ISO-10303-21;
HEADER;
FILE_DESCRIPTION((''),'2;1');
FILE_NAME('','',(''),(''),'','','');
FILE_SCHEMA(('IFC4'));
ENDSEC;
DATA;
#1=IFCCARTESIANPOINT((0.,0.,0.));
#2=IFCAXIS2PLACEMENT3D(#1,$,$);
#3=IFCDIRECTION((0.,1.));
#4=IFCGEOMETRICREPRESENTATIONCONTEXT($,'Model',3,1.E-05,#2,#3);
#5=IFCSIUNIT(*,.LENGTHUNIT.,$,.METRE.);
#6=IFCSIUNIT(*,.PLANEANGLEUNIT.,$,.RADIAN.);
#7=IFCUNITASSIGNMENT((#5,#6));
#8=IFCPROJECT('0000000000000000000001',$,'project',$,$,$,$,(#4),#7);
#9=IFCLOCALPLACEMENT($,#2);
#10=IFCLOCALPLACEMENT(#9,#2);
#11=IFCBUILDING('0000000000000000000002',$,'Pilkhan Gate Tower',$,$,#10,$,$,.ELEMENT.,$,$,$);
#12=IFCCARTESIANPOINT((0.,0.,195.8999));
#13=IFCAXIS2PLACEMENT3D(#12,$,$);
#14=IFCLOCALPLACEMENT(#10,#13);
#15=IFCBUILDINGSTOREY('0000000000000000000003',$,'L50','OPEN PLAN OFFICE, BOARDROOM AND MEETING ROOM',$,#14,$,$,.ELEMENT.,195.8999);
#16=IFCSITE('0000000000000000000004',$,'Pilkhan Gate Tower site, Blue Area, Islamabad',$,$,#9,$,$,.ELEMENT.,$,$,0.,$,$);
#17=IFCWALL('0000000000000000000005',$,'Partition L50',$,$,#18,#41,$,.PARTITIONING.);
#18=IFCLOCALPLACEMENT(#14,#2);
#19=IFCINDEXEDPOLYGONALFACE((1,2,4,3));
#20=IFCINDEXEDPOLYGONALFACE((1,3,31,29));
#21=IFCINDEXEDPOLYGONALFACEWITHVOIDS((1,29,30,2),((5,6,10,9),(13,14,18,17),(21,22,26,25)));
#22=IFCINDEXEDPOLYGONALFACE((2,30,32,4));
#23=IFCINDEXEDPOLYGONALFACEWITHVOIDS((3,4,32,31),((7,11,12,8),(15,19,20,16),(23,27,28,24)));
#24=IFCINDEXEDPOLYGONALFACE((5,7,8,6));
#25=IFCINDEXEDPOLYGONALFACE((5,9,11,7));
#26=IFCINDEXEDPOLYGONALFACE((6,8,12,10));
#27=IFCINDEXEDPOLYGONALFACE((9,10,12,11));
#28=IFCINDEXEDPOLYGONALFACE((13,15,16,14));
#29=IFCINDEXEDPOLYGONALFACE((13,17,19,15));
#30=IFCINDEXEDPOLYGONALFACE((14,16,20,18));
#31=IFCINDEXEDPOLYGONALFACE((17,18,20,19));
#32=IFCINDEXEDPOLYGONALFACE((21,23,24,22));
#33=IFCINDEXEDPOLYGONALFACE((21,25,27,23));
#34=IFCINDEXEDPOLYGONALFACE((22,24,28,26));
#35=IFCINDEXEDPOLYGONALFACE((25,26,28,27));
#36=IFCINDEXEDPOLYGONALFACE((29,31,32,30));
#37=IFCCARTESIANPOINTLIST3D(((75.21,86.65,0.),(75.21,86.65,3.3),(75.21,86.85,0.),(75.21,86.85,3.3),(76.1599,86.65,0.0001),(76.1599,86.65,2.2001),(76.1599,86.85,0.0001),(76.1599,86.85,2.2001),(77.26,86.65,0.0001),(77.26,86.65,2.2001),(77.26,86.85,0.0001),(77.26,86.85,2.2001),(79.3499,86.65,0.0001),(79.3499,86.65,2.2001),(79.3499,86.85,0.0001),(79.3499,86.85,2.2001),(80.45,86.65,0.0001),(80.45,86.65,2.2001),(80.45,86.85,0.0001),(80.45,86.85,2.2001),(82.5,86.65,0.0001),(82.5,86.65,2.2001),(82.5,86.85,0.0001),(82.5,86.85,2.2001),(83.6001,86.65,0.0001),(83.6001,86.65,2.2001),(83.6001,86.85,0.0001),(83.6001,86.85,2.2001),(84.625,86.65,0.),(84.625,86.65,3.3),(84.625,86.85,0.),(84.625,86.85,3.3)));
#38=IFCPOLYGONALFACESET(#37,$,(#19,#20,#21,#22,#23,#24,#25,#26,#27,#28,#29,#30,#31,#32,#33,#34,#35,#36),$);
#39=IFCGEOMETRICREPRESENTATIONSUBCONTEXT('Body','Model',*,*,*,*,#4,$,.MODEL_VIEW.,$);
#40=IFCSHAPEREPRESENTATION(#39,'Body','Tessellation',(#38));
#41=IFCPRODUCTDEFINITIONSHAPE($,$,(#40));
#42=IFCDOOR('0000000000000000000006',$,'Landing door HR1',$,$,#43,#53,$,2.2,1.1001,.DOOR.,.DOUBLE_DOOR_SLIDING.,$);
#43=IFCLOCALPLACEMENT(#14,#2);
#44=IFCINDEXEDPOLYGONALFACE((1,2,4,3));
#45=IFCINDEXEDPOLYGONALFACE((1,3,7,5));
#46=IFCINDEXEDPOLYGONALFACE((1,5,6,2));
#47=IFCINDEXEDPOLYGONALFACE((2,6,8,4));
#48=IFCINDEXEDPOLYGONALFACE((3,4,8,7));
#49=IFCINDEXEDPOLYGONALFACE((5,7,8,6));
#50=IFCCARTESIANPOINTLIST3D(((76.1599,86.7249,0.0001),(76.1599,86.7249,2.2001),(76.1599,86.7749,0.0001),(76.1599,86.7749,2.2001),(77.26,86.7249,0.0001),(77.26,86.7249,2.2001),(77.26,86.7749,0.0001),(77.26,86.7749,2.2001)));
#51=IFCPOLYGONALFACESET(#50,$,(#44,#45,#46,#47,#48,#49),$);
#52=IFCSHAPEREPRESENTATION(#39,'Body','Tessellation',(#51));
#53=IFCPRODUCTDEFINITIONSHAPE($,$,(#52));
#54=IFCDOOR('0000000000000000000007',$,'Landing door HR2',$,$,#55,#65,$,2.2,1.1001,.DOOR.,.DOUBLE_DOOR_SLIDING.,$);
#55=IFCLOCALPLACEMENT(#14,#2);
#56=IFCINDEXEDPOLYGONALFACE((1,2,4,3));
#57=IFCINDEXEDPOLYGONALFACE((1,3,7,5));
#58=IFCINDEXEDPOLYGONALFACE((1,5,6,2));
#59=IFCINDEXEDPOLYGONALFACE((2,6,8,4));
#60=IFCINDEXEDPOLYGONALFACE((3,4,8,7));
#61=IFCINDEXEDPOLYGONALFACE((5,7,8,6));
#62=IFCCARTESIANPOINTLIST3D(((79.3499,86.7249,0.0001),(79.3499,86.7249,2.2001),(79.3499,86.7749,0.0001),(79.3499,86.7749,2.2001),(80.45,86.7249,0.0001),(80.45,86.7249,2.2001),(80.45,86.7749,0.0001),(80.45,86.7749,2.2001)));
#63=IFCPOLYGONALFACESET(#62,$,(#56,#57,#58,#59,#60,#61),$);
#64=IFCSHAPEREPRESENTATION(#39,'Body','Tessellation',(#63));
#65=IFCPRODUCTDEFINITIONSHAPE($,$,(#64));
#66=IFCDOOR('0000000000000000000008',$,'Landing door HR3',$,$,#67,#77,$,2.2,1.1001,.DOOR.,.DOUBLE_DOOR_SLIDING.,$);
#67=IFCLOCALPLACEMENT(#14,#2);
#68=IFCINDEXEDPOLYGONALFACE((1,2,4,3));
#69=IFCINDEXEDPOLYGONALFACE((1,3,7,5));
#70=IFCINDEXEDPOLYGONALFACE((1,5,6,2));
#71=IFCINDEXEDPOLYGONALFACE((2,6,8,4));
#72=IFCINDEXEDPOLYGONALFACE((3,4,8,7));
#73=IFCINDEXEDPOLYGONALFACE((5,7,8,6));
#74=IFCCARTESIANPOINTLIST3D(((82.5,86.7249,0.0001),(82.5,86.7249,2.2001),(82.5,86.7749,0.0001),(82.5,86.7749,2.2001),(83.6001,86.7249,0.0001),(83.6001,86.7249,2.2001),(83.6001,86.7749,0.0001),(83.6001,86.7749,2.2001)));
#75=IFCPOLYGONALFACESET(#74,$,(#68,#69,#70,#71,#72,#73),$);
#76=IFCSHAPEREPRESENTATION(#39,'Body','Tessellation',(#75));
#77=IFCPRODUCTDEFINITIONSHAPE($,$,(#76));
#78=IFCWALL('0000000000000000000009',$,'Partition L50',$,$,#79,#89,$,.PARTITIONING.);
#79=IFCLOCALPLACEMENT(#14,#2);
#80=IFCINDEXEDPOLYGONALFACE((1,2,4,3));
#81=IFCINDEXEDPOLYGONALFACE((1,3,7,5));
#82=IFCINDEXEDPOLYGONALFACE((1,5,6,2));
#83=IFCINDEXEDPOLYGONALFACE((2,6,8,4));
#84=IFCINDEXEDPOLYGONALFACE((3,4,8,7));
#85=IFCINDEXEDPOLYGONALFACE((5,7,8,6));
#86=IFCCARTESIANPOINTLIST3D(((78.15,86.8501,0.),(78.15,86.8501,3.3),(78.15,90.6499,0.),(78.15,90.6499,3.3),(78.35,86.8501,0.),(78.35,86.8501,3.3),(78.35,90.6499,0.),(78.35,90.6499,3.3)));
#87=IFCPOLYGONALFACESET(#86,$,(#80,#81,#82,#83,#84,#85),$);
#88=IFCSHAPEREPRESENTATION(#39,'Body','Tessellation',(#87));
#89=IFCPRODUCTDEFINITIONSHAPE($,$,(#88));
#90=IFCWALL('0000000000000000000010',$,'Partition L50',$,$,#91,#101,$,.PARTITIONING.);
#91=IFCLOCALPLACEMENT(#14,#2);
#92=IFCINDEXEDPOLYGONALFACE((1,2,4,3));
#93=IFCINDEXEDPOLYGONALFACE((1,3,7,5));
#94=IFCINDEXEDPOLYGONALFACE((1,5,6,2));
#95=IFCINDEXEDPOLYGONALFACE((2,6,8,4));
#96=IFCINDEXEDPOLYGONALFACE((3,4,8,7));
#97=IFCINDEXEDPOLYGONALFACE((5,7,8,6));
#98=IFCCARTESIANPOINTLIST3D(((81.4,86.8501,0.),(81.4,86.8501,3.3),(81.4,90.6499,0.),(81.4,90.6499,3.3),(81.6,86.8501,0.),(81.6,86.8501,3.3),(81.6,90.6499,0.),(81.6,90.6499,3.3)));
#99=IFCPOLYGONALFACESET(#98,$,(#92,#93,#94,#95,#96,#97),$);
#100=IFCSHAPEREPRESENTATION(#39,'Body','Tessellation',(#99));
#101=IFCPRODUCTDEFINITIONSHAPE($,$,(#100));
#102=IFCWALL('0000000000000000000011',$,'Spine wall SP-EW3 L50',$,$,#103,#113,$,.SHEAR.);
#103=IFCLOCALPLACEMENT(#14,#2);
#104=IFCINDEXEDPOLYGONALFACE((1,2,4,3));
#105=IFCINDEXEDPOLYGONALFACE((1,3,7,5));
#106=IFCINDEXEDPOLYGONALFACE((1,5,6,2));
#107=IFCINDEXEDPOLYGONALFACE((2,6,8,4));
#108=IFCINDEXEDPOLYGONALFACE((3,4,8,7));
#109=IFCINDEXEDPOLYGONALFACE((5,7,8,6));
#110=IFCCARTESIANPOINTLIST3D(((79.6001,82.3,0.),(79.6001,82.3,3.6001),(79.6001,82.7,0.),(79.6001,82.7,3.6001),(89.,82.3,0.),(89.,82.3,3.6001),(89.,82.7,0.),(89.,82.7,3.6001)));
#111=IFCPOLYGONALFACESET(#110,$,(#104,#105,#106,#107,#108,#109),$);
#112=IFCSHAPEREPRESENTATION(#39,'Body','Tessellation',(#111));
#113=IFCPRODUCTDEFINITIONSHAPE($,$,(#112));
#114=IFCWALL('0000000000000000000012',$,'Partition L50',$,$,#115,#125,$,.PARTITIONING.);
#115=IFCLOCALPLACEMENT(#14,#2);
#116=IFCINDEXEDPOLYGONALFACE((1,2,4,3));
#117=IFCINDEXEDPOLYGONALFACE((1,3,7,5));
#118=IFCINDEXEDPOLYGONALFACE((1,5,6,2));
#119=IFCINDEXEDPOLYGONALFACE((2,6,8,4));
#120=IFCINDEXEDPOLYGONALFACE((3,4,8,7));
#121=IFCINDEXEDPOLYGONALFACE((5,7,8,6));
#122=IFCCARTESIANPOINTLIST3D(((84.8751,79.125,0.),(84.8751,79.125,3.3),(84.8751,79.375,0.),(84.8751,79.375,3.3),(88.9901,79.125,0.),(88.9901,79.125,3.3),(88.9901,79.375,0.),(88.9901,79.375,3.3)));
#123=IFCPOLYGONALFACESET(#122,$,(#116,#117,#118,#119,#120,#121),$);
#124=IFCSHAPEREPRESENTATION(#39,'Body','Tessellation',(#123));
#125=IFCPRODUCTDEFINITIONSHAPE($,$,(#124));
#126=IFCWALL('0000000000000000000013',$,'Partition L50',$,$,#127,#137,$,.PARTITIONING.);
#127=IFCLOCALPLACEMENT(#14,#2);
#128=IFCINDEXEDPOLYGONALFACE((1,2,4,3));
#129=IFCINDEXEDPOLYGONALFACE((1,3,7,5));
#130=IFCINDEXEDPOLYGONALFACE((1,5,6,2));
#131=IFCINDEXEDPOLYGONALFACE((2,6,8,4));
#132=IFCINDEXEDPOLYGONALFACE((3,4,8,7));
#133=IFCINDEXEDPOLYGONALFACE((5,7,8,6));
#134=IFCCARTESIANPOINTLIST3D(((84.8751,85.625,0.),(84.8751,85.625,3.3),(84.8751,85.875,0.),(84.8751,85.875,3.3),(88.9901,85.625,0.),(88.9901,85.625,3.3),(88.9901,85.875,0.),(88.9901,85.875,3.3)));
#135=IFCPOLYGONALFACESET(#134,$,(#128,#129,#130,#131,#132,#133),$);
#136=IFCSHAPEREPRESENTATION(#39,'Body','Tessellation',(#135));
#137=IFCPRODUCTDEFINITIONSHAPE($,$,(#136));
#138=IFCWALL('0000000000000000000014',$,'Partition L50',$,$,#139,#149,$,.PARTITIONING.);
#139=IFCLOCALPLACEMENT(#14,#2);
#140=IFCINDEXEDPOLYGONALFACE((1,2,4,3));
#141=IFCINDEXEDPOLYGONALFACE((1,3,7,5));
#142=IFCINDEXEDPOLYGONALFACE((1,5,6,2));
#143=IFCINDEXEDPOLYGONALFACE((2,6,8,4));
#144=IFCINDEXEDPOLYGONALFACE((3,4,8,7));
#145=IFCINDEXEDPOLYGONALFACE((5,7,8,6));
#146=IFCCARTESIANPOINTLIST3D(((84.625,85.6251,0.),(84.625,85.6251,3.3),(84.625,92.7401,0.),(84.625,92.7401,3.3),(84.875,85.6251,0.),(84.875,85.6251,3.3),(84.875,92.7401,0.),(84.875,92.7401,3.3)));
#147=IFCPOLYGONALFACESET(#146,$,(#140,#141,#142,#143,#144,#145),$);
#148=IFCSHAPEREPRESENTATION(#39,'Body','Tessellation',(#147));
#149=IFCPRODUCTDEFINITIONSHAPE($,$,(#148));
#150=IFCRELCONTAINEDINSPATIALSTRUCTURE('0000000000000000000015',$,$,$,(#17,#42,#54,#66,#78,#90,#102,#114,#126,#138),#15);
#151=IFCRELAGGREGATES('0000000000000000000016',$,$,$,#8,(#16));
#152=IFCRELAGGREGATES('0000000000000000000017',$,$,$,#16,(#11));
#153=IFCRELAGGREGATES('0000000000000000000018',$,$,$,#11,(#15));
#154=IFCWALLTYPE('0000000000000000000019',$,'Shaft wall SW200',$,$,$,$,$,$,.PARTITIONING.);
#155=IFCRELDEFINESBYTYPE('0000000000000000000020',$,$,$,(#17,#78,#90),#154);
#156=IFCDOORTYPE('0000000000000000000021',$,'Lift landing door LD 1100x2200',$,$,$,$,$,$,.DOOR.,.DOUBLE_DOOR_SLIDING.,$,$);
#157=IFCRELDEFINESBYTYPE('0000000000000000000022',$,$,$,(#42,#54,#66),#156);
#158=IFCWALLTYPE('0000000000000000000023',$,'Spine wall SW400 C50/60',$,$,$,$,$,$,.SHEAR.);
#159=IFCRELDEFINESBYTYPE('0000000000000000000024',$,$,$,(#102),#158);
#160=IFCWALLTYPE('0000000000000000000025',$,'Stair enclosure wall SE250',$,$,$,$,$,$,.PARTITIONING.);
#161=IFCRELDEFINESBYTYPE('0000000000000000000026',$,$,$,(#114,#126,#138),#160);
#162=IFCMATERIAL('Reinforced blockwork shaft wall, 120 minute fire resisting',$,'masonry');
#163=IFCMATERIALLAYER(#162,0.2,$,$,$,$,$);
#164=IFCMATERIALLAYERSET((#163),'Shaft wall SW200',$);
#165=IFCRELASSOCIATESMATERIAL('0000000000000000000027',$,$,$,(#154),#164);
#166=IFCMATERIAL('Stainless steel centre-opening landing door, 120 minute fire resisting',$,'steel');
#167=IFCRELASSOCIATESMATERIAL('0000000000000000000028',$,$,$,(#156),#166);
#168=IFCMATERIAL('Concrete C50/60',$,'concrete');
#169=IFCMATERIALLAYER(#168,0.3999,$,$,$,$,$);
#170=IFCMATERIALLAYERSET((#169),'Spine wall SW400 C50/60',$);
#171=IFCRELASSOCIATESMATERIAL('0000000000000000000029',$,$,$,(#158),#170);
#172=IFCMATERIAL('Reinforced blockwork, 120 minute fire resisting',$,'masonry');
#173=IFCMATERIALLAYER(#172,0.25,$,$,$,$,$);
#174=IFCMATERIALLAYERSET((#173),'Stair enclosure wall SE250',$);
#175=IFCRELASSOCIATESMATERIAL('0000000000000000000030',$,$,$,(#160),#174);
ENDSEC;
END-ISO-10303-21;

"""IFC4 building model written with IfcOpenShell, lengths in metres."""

from ifc_helpers import new_model, si_unit, direction, frame, frame_2d, origin, place, context, subcontext, project, spatial, rectangle, extrude, material, layer, layer_set, type_object, element, fill, save


model = new_model("IFC4")

# Units and contexts
model_context = context("Model", 3, precision=1e-05, world=origin(), true_north=direction((0.0, 1.0)))
body_context = subcontext(model_context, "Body", "Model", "MODEL_VIEW")
ifc_project = project(units=[si_unit("LENGTHUNIT", "METRE"), si_unit("PLANEANGLEUNIT", "RADIAN")], contexts=[model_context])

# Site, building, storey
site_placement = place(None, origin())
site = spatial("IfcSite", under=ifc_project, at=site_placement, Name="Pilkhan Gate Tower site, Blue Area, Islamabad", CompositionType="ELEMENT", RefElevation=0.0)
building_placement = place(site_placement, origin())
building = spatial("IfcBuilding", under=site, at=building_placement, Name="Pilkhan Gate Tower", CompositionType="ELEMENT")
storey_placement = place(building_placement, frame((0.0, 0.0, 195.8999)))
storey = spatial("IfcBuildingStorey", under=building, at=storey_placement, Name="L50", Description="OPEN PLAN OFFICE, BOARDROOM AND MEETING ROOM", CompositionType="ELEMENT", Elevation=195.8999)

# Shared definitions
ifc_material_1 = material(Name="Concrete C50/60", Category="concrete")

# Wall, openings, doors
ifc_material_2 = material(Name="Reinforced blockwork shaft wall, 120 minute fire resisting", Category="masonry")
ifc_layer_1 = layer(ifc_material_2, 0.2)
ifc_layer_set_1 = layer_set([ifc_layer_1], Name="Shaft wall SW200")
wall_type_1 = type_object("IfcWallType", Name="Shaft wall SW200", PredefinedType="PARTITIONING", material=ifc_layer_set_1)
wall_1_placement = place(storey_placement, frame((75.21, 86.75, 0.0), z_axis=(0.0, 0.0, 1.0), x_axis=(1.0, 0.0, 0.0)))
wall_1 = element("IfcWall", 1, at=wall_1_placement, inside=storey, type_object=wall_type_1, Name="Partition L50", PredefinedType="PARTITIONING", context=body_context, shape_type="SweptSolid", body=[
    extrude(rectangle(XDim=9.415, YDim=0.2, at=frame_2d((4.7075, 0.0))), origin(), (0.0, 0.0, 1.0), 3.3),
])
opening_1_placement = place(wall_1_placement, frame((0.95, 0.0, 0.0)))
opening_1 = element("IfcOpeningElement", 2, at=opening_1_placement, cuts=wall_1, PredefinedType="OPENING", context=body_context, shape_type="SweptSolid", body=[
    extrude(rectangle(XDim=1.1001, YDim=2.2, at=frame_2d((0.55, 1.1001))), frame((0.0, 0.1099, 0.0), z_axis=(0.0, -1.0, 0.0), x_axis=(1.0, 0.0, 0.0)), (0.0, 0.0, 1.0), 0.22),
])
opening_2_placement = place(wall_1_placement, frame((4.1399, 0.0, 0.0)))
opening_2 = element("IfcOpeningElement", 3, at=opening_2_placement, cuts=wall_1, PredefinedType="OPENING", context=body_context, shape_type="SweptSolid", body=[
    extrude(rectangle(XDim=1.1001, YDim=2.2, at=frame_2d((0.55, 1.1001))), frame((0.0, 0.1099, 0.0), z_axis=(0.0, -1.0, 0.0), x_axis=(1.0, 0.0, 0.0)), (0.0, 0.0, 1.0), 0.22),
])
opening_3_placement = place(wall_1_placement, frame((7.29, 0.0, 0.0)))
opening_3 = element("IfcOpeningElement", 4, at=opening_3_placement, cuts=wall_1, PredefinedType="OPENING", context=body_context, shape_type="SweptSolid", body=[
    extrude(rectangle(XDim=1.1001, YDim=2.2, at=frame_2d((0.55, 1.1001))), frame((0.0, 0.1099, 0.0), z_axis=(0.0, -1.0, 0.0), x_axis=(1.0, 0.0, 0.0)), (0.0, 0.0, 1.0), 0.22),
])
ifc_material_3 = material(Name="Stainless steel centre-opening landing door, 120 minute fire resisting", Category="steel")
door_type_1 = type_object("IfcDoorType", Name="Lift landing door LD 1100x2200", OperationType="DOUBLE_DOOR_SLIDING", PredefinedType="DOOR", material=ifc_material_3)
door_1_placement = place(opening_1_placement, origin())
door_1 = element("IfcDoor", 5, at=door_1_placement, inside=storey, type_object=door_type_1, Name="Landing door HR1", OperationType="DOUBLE_DOOR_SLIDING", OverallHeight=2.2, OverallWidth=1.1001, PredefinedType="DOOR", context=body_context, shape_type="SweptSolid", body=[
    extrude(rectangle(XDim=1.1001, YDim=2.2, at=frame_2d((0.55, 1.1001))), frame((0.0, 0.0249, 0.0), z_axis=(0.0, -1.0, 0.0), x_axis=(1.0, 0.0, 0.0)), (0.0, 0.0, 1.0), 0.05),
])
fill(opening_1, door_1)
door_2_placement = place(opening_2_placement, origin())
door_2 = element("IfcDoor", 6, at=door_2_placement, inside=storey, type_object=door_type_1, Name="Landing door HR2", OperationType="DOUBLE_DOOR_SLIDING", OverallHeight=2.2, OverallWidth=1.1001, PredefinedType="DOOR", context=body_context, shape_type="SweptSolid", body=[
    extrude(rectangle(XDim=1.1001, YDim=2.2, at=frame_2d((0.55, 1.1001))), frame((0.0, 0.0249, 0.0), z_axis=(0.0, -1.0, 0.0), x_axis=(1.0, 0.0, 0.0)), (0.0, 0.0, 1.0), 0.05),
])
fill(opening_2, door_2)
door_3_placement = place(opening_3_placement, origin())
door_3 = element("IfcDoor", 7, at=door_3_placement, inside=storey, type_object=door_type_1, Name="Landing door HR3", OperationType="DOUBLE_DOOR_SLIDING", OverallHeight=2.2, OverallWidth=1.1001, PredefinedType="DOOR", context=body_context, shape_type="SweptSolid", body=[
    extrude(rectangle(XDim=1.1001, YDim=2.2, at=frame_2d((0.55, 1.1001))), frame((0.0, 0.0249, 0.0), z_axis=(0.0, -1.0, 0.0), x_axis=(1.0, 0.0, 0.0)), (0.0, 0.0, 1.0), 0.05),
])
fill(opening_3, door_3)

# Walls
for number, where, z_axis, x_axis, name in (
    (8, (78.25, 86.8501, 0.0), (0.0, 0.0, 1.0), (0.0, 1.0, 0.0), "Partition L50"),
    (9, (81.5, 86.8501, 0.0), (0.0, 0.0, 1.0), (0.0, 1.0, 0.0), "Partition L50"),
):
    element("IfcWall", number, at=place(storey_placement, frame(where, z_axis=z_axis, x_axis=x_axis)), inside=storey, type_object=wall_type_1, Name=name, PredefinedType="PARTITIONING", context=body_context, shape_type="SweptSolid", body=[
        extrude(rectangle(XDim=3.7998, YDim=0.2, at=frame_2d((1.8999, 0.0))), origin(), (0.0, 0.0, 1.0), 3.3),
    ])
ifc_layer_2 = layer(ifc_material_1, 0.3999)
ifc_layer_set_2 = layer_set([ifc_layer_2], Name="Spine wall SW400 C50/60")
wall_type_2 = type_object("IfcWallType", Name="Spine wall SW400 C50/60", PredefinedType="SHEAR", material=ifc_layer_set_2)
wall_2_placement = place(storey_placement, frame((79.6001, 82.5, 0.0), z_axis=(0.0, 0.0, 1.0), x_axis=(1.0, 0.0, 0.0)))
element("IfcWall", 10, at=wall_2_placement, inside=storey, type_object=wall_type_2, Name="Spine wall SP-EW3 L50", PredefinedType="SHEAR", context=body_context, shape_type="SweptSolid", body=[
    extrude(rectangle(XDim=9.3999, YDim=0.3999, at=frame_2d((4.7, 0.0))), origin(), (0.0, 0.0, 1.0), 3.6001),
])
ifc_material_4 = material(Name="Reinforced blockwork, 120 minute fire resisting", Category="masonry")
ifc_layer_3 = layer(ifc_material_4, 0.25)
ifc_layer_set_3 = layer_set([ifc_layer_3], Name="Stair enclosure wall SE250")
wall_type_3 = type_object("IfcWallType", Name="Stair enclosure wall SE250", PredefinedType="PARTITIONING", material=ifc_layer_set_3)
for number, where, z_axis, x_axis, name in (
    (11, (84.875, 79.25, 0.0), (0.0, 0.0, 1.0), (1.0, 0.0, 0.0), "Partition L50"),
    (12, (84.875, 85.75, 0.0), (0.0, 0.0, 1.0), (1.0, 0.0, 0.0), "Partition L50"),
):
    element("IfcWall", number, at=place(storey_placement, frame(where, z_axis=z_axis, x_axis=x_axis)), inside=storey, type_object=wall_type_3, Name=name, PredefinedType="PARTITIONING", context=body_context, shape_type="SweptSolid", body=[
        extrude(rectangle(XDim=4.115, YDim=0.25, at=frame_2d((2.0576, 0.0))), origin(), (0.0, 0.0, 1.0), 3.3),
    ])
wall_3_placement = place(storey_placement, frame((84.75, 85.625, 0.0), z_axis=(0.0, 0.0, 1.0), x_axis=(0.0, 1.0, 0.0)))
element("IfcWall", 13, at=wall_3_placement, inside=storey, type_object=wall_type_3, Name="Partition L50", PredefinedType="PARTITIONING", context=body_context, shape_type="SweptSolid", body=[
    extrude(rectangle(XDim=7.115, YDim=0.25, at=frame_2d((3.5576, 0.0))), origin(), (0.0, 0.0, 1.0), 3.3),
])

save(model, "model.ifc")
